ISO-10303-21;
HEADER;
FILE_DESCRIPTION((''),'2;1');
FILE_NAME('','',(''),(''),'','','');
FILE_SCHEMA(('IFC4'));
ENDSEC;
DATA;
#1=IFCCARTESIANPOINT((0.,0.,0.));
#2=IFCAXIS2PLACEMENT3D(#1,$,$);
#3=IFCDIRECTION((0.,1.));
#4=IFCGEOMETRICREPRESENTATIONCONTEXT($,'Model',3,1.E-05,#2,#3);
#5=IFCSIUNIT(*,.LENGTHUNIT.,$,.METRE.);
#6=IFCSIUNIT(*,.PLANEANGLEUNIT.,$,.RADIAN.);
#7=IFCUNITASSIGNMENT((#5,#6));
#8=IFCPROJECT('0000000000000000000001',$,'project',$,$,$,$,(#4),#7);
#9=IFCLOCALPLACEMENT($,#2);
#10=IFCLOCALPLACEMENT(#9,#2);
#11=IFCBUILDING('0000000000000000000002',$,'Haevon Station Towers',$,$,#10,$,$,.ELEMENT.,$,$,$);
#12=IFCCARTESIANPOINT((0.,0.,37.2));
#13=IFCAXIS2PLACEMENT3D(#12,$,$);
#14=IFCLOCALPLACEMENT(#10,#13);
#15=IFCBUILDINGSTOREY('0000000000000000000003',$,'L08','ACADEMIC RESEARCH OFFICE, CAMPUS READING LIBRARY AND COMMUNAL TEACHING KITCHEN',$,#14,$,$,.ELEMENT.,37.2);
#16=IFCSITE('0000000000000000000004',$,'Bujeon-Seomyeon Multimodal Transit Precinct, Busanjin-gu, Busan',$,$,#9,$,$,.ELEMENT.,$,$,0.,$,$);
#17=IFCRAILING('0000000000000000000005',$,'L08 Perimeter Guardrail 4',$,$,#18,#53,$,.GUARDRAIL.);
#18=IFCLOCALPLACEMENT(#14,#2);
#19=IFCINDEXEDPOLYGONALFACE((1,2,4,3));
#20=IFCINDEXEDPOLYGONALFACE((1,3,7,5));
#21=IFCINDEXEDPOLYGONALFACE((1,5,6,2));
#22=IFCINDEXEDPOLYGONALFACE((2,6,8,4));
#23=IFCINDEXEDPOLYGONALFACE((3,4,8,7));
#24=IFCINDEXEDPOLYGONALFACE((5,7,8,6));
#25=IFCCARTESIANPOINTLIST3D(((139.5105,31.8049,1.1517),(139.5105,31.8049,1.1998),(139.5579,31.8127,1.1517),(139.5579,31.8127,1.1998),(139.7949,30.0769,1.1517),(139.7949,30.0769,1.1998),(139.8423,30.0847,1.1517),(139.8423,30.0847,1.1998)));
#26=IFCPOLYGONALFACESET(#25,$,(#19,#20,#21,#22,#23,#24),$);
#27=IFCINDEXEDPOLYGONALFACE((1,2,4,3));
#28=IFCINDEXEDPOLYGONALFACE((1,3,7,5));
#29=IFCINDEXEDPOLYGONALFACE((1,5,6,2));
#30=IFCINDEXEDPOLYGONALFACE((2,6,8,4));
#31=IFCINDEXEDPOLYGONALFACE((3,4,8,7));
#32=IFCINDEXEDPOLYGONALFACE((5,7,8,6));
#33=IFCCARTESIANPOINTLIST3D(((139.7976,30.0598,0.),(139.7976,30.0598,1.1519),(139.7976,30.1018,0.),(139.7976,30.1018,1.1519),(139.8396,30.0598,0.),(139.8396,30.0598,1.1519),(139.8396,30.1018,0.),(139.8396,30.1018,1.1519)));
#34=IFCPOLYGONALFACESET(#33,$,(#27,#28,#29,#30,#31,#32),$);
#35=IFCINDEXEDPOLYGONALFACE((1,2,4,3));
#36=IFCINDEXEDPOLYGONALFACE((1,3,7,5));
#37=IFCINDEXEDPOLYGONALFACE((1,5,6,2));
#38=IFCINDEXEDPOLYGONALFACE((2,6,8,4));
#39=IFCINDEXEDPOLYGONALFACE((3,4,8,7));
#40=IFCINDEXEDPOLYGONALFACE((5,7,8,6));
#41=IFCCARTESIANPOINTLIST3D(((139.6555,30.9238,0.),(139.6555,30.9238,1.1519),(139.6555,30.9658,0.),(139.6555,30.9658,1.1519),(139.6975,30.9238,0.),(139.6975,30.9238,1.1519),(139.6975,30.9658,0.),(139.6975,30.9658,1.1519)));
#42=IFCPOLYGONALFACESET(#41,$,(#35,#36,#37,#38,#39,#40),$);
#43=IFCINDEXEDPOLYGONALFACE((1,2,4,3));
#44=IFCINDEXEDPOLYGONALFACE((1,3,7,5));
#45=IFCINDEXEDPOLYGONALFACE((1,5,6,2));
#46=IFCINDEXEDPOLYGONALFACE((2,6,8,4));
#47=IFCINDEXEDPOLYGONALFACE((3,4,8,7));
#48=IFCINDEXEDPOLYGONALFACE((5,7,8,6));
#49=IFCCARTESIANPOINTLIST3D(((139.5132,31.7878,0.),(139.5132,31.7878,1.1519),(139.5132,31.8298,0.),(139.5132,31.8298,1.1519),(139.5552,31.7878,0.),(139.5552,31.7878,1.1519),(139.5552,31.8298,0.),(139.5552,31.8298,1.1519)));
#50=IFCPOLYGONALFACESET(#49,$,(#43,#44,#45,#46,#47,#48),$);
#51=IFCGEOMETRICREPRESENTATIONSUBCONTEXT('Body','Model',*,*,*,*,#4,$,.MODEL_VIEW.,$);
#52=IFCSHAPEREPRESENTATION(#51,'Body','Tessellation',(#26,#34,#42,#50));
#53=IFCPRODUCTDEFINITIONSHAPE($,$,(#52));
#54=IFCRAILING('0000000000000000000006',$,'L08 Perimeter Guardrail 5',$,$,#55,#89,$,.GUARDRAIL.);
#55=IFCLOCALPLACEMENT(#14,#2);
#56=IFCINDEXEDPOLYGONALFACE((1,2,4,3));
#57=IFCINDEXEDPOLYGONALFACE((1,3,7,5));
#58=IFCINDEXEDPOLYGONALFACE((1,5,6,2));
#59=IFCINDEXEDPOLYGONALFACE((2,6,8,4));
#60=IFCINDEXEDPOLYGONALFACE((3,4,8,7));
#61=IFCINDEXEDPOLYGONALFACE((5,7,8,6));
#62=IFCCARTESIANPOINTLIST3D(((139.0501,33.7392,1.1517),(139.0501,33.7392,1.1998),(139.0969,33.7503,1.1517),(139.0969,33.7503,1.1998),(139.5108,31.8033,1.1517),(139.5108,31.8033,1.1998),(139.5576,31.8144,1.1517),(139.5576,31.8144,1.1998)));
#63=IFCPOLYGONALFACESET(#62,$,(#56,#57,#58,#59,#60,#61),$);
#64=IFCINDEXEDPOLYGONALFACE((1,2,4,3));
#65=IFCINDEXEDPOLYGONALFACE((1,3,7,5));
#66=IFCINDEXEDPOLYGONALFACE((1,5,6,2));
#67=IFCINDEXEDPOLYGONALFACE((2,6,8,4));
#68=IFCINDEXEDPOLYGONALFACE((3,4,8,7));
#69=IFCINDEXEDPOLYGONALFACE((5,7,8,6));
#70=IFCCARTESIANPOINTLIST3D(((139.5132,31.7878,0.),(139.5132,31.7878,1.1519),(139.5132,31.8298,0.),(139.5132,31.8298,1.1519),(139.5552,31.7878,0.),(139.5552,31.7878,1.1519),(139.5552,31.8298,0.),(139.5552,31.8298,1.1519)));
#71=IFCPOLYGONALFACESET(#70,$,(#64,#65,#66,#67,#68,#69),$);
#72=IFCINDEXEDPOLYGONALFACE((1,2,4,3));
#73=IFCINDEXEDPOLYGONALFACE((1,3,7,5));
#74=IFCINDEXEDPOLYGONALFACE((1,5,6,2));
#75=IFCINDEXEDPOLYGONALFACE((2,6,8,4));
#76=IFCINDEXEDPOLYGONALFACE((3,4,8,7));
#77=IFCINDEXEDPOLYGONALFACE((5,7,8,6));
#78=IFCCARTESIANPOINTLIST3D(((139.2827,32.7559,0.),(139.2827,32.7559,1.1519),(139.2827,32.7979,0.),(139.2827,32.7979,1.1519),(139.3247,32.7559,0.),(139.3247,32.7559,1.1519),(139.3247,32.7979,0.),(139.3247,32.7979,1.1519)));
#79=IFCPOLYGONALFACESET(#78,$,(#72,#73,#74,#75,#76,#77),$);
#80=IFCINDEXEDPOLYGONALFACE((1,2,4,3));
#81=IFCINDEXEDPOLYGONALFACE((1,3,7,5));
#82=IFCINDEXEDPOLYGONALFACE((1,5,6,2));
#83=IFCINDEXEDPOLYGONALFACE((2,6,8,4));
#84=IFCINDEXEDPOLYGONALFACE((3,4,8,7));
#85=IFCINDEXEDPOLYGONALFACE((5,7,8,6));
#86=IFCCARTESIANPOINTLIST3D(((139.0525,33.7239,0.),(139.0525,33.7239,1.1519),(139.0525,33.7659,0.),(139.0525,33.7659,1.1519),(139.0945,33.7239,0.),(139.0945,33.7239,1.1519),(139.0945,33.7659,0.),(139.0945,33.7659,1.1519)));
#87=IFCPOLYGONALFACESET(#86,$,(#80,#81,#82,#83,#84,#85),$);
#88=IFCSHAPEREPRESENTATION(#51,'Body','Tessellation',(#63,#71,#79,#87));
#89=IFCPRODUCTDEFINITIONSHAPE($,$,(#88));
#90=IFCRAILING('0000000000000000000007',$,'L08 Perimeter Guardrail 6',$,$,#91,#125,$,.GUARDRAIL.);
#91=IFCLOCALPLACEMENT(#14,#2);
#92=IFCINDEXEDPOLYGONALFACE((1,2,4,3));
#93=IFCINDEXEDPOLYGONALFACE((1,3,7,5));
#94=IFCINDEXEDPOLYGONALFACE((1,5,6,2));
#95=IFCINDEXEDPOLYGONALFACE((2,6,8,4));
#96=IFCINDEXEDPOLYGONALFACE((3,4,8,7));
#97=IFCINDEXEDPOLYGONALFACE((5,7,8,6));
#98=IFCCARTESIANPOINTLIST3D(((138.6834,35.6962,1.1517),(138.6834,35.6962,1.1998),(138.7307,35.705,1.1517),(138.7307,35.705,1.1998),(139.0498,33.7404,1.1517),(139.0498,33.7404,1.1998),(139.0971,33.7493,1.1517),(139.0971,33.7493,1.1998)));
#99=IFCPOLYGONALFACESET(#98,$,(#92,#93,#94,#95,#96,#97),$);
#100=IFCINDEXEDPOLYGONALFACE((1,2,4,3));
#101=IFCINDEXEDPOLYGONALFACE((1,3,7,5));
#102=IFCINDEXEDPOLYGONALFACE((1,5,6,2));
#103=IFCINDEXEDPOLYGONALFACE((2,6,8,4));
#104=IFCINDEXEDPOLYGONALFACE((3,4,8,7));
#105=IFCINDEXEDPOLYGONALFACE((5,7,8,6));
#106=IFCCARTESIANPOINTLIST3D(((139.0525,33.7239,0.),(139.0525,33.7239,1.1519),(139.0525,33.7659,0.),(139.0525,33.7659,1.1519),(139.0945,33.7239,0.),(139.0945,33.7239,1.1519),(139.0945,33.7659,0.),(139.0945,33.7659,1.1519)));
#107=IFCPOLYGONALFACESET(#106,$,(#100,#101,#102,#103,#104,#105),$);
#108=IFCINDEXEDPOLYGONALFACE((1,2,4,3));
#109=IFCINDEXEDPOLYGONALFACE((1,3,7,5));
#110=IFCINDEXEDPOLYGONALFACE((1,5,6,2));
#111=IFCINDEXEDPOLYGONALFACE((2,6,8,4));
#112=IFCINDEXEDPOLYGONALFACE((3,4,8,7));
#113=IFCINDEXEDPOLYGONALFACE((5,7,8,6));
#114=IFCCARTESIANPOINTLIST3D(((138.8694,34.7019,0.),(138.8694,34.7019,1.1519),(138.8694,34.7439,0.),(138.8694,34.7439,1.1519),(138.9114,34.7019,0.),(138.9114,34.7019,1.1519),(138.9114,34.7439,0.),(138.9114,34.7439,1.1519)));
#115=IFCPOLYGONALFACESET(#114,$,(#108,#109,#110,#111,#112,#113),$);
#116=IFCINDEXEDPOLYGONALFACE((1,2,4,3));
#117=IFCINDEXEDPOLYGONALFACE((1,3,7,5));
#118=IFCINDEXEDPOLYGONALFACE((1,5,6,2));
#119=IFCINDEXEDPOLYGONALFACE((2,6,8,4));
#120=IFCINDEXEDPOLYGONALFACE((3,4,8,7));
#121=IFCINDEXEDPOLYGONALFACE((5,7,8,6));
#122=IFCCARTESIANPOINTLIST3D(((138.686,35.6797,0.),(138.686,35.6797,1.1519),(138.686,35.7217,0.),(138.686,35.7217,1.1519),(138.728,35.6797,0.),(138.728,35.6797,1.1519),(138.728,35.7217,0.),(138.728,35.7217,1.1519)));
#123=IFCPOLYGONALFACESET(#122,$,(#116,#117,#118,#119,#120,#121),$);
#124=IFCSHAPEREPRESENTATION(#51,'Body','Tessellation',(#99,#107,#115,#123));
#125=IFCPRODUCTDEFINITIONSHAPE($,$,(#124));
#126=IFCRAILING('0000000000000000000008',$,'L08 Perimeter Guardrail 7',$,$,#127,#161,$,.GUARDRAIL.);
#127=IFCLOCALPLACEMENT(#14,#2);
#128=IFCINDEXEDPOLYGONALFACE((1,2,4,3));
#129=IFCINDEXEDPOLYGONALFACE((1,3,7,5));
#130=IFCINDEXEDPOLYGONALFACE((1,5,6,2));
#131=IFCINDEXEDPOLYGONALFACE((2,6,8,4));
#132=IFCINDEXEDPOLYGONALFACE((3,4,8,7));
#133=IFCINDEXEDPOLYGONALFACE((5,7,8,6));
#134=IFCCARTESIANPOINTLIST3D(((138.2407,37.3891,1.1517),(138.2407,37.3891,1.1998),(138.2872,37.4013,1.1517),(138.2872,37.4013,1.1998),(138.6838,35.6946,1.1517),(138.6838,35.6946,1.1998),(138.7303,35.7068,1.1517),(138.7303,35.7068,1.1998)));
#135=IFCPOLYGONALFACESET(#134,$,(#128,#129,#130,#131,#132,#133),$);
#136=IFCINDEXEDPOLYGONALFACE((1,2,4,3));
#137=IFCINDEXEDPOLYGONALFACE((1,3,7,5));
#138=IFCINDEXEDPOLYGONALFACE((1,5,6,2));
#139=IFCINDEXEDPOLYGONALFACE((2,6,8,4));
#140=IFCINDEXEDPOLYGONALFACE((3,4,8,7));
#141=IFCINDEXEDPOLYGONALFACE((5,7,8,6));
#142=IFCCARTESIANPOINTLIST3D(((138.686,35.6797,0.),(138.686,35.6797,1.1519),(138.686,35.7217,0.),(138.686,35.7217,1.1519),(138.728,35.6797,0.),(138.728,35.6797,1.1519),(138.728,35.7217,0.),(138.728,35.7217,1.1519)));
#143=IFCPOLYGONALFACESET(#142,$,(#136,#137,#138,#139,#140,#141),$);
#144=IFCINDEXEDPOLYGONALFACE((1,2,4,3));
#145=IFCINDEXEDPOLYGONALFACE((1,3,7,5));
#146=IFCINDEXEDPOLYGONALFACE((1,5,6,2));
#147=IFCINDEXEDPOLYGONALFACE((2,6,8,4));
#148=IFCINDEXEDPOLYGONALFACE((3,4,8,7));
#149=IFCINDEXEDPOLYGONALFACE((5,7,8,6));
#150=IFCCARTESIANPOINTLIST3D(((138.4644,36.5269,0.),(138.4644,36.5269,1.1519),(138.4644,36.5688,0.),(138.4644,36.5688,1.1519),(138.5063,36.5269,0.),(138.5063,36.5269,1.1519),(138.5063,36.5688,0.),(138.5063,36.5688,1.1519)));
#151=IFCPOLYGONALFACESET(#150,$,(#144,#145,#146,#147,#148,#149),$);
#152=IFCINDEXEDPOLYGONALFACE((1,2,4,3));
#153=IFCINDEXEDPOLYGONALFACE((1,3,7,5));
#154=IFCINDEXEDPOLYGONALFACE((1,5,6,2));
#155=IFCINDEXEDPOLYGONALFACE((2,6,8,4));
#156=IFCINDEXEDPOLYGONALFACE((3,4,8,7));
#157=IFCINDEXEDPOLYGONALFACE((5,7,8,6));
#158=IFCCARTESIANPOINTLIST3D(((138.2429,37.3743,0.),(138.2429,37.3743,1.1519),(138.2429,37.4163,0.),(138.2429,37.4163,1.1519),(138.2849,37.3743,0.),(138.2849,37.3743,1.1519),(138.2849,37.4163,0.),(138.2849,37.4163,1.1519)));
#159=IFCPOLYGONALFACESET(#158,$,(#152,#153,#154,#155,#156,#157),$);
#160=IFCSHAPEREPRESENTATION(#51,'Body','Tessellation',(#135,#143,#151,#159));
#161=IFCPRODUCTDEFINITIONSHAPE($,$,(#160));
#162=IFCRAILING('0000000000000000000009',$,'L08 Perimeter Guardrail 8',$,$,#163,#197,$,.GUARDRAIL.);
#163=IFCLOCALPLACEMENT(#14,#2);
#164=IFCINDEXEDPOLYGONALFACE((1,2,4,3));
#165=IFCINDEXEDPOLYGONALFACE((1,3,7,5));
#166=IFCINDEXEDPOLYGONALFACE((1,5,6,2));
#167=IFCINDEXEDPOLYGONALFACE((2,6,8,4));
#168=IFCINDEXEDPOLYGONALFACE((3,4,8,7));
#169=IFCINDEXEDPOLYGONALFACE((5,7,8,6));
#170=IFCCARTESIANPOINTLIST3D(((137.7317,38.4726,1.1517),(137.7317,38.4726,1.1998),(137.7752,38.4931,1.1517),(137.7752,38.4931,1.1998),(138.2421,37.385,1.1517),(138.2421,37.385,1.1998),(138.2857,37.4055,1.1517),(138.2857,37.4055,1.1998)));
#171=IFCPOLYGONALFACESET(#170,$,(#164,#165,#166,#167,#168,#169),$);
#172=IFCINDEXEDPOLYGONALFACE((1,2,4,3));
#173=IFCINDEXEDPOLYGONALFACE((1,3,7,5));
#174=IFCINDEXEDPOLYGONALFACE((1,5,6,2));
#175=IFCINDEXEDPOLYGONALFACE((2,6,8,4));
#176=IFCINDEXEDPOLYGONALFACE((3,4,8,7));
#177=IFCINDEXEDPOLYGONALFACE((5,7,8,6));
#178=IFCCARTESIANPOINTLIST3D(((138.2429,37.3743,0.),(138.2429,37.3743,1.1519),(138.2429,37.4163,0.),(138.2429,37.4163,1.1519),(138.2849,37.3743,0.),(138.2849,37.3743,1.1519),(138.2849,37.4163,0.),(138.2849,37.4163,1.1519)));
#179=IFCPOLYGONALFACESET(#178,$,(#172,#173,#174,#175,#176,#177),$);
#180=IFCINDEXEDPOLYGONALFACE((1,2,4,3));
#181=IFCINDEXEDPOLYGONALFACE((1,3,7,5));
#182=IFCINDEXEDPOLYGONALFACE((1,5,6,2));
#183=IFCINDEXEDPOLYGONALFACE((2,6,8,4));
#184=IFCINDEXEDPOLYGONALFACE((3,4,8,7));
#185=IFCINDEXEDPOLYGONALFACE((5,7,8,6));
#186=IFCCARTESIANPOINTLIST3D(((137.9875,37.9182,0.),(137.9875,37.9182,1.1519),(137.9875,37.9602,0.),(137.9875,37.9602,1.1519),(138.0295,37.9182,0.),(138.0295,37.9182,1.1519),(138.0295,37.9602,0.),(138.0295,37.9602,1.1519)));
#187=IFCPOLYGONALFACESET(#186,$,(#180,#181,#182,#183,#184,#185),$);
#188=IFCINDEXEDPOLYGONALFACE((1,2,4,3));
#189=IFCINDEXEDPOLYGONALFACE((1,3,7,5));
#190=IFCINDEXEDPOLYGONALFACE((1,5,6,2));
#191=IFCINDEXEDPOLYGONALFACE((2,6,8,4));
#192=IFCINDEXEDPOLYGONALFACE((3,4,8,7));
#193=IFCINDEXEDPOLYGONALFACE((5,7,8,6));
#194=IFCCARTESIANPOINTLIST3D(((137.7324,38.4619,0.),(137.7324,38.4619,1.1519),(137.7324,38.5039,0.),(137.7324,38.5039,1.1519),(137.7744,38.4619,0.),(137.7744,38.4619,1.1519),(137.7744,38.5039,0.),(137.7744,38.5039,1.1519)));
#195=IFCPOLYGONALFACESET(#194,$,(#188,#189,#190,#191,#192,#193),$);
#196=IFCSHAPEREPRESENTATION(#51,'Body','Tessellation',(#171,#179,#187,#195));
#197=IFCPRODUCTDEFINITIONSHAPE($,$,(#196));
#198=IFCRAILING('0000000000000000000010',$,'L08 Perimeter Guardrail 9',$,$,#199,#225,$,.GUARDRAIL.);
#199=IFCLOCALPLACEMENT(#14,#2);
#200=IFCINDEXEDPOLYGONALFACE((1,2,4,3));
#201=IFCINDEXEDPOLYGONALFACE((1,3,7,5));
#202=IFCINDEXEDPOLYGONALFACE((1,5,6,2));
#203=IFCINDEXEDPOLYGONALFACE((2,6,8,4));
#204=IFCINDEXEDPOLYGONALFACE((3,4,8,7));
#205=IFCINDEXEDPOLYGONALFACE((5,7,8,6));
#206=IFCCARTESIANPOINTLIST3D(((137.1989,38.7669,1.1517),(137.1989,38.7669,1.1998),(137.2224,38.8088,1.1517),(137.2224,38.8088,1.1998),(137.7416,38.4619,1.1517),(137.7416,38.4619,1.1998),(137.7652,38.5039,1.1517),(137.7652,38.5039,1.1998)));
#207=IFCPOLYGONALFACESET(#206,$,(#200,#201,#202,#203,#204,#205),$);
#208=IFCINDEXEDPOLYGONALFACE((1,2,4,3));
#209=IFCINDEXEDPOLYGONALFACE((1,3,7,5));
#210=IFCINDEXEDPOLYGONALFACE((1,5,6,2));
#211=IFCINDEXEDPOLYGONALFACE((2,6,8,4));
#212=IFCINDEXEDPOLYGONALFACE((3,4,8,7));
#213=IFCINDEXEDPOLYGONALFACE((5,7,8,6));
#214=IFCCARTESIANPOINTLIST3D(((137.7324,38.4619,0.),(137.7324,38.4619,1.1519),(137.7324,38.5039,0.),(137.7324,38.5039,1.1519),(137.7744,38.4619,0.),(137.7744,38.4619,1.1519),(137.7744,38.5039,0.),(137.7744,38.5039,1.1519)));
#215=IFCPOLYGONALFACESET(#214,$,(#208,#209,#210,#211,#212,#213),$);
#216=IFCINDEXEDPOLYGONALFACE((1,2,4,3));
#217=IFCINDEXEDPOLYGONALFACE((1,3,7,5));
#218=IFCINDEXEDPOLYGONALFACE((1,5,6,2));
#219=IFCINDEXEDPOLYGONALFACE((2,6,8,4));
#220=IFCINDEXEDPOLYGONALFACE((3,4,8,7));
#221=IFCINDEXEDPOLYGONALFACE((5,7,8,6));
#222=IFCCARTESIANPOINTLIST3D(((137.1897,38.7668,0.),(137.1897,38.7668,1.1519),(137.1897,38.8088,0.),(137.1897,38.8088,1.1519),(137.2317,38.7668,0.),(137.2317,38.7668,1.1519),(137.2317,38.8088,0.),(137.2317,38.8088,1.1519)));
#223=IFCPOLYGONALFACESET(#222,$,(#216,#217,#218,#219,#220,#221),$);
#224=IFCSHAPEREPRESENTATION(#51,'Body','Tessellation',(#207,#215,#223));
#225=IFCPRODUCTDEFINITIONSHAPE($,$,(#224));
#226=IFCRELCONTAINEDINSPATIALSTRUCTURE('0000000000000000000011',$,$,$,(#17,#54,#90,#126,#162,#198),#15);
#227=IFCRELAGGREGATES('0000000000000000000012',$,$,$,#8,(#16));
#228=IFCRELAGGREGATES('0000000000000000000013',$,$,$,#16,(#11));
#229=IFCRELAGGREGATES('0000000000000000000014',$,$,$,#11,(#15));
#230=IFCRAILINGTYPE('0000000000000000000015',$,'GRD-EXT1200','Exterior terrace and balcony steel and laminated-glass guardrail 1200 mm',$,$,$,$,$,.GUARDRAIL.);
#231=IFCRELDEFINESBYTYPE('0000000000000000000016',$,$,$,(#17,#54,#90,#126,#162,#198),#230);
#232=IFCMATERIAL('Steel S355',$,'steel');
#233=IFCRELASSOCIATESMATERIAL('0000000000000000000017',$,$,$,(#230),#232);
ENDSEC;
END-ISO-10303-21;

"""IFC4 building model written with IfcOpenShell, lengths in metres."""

from ifc_helpers import new_model, si_unit, direction, frame, origin, origin_2d, place, context, subcontext, project, spatial, rectangle, extrude, material, type_object, element, save


model = new_model("IFC4")

# Units and contexts
model_context = context("Model", 3, precision=1e-05, world=origin(), true_north=direction((0.0, 1.0)))
body_context = subcontext(model_context, "Body", "Model", "MODEL_VIEW")
ifc_project = project(units=[si_unit("LENGTHUNIT", "METRE"), si_unit("PLANEANGLEUNIT", "RADIAN")], contexts=[model_context])

# Site, building, storey
site_placement = place(None, origin())
site = spatial("IfcSite", under=ifc_project, at=site_placement, Name="Bujeon-Seomyeon Multimodal Transit Precinct, Busanjin-gu, Busan", CompositionType="ELEMENT", RefElevation=0.0)
building_placement = place(site_placement, origin())
building = spatial("IfcBuilding", under=site, at=building_placement, Name="Haevon Station Towers", CompositionType="ELEMENT")
storey_placement = place(building_placement, frame((0.0, 0.0, 37.2)))
storey = spatial("IfcBuildingStorey", under=building, at=storey_placement, Name="L08", Description="ACADEMIC RESEARCH OFFICE, CAMPUS READING LIBRARY AND COMMUNAL TEACHING KITCHEN", CompositionType="ELEMENT", Elevation=37.2)

# Shared definitions
ifc_material_1 = material(Name="Steel S355", Category="steel")

# Railings
railing_type = type_object("IfcRailingType", Name="GRD-EXT1200", Description="Exterior terrace and balcony steel and laminated-glass guardrail 1200 mm", PredefinedType="GUARDRAIL", material=ifc_material_1)
railing_1_placement = place(storey_placement, frame((139.8186, 30.0808, 0.0)))
element("IfcRailing", 1, at=railing_1_placement, inside=storey, type_object=railing_type, Name="L08 Perimeter Guardrail 4", PredefinedType="GUARDRAIL", context=body_context, shape_type="SweptSolid", body=[
    extrude(rectangle(XDim=0.0481, YDim=0.0481, at=origin_2d()), frame((0.0, 0.0, 1.1758), z_axis=(-0.162409, 0.986723, 0.0), x_axis=(-0.986723, -0.162409, 0.0)), (0.0, 0.0, 1.0), 1.7512),
    extrude(rectangle(XDim=0.042, YDim=0.042, at=origin_2d()), origin(), (0.0, 0.0, 1.0), 1.1519),
    extrude(rectangle(XDim=0.042, YDim=0.042, at=origin_2d()), frame((-0.1421, 0.864, 0.0)), (0.0, 0.0, 1.0), 1.1519),
    extrude(rectangle(XDim=0.042, YDim=0.042, at=origin_2d()), frame((-0.2844, 1.728, 0.0)), (0.0, 0.0, 1.0), 1.1519),
])
railing_2_placement = place(storey_placement, frame((139.5342, 31.8088, 0.0)))
element("IfcRailing", 2, at=railing_2_placement, inside=storey, type_object=railing_type, Name="L08 Perimeter Guardrail 5", PredefinedType="GUARDRAIL", context=body_context, shape_type="SweptSolid", body=[
    extrude(rectangle(XDim=0.0481, YDim=0.0481, at=origin_2d()), frame((0.0, 0.0, 1.1758), z_axis=(-0.231493, 0.972836, 0.0), x_axis=(-0.972836, -0.231493, 0.0)), (0.0, 0.0, 1.0), 1.99),
    extrude(rectangle(XDim=0.042, YDim=0.042, at=origin_2d()), origin(), (0.0, 0.0, 1.0), 1.1519),
    extrude(rectangle(XDim=0.042, YDim=0.042, at=origin_2d()), frame((-0.2305, 0.968, 0.0)), (0.0, 0.0, 1.0), 1.1519),
    extrude(rectangle(XDim=0.042, YDim=0.042, at=origin_2d()), frame((-0.4607, 1.936, 0.0)), (0.0, 0.0, 1.0), 1.1519),
])
railing_3_placement = place(storey_placement, frame((139.0735, 33.7449, 0.0)))
element("IfcRailing", 3, at=railing_3_placement, inside=storey, type_object=railing_type, Name="L08 Perimeter Guardrail 6", PredefinedType="GUARDRAIL", context=body_context, shape_type="SweptSolid", body=[
    extrude(rectangle(XDim=0.0481, YDim=0.0481, at=origin_2d()), frame((0.0, 0.0, 1.1758), z_axis=(-0.184163, 0.982896, 0.0), x_axis=(-0.982896, -0.184163, 0.0)), (0.0, 0.0, 1.0), 1.9897),
    extrude(rectangle(XDim=0.042, YDim=0.042, at=origin_2d()), origin(), (0.0, 0.0, 1.0), 1.1519),
    extrude(rectangle(XDim=0.042, YDim=0.042, at=origin_2d()), frame((-0.1831, 0.978, 0.0)), (0.0, 0.0, 1.0), 1.1519),
    extrude(rectangle(XDim=0.042, YDim=0.042, at=origin_2d()), frame((-0.3665, 1.9558, 0.0)), (0.0, 0.0, 1.0), 1.1519),
])
railing_4_placement = place(storey_placement, frame((138.707, 35.7007, 0.0)))
element("IfcRailing", 4, at=railing_4_placement, inside=storey, type_object=railing_type, Name="L08 Perimeter Guardrail 7", PredefinedType="GUARDRAIL", context=body_context, shape_type="SweptSolid", body=[
    extrude(rectangle(XDim=0.0481, YDim=0.0481, at=origin_2d()), frame((0.0, 0.0, 1.1758), z_axis=(-0.252984, 0.967471, 0.0), x_axis=(-0.967471, -0.252984, 0.0)), (0.0, 0.0, 1.0), 1.7515),
    extrude(rectangle(XDim=0.042, YDim=0.042, at=origin_2d()), origin(), (0.0, 0.0, 1.0), 1.1519),
    extrude(rectangle(XDim=0.042, YDim=0.042, at=origin_2d()), frame((-0.2217, 0.8472, 0.0)), (0.0, 0.0, 1.0), 1.1519),
    extrude(rectangle(XDim=0.042, YDim=0.042, at=origin_2d()), frame((-0.4431, 1.6946, 0.0)), (0.0, 0.0, 1.0), 1.1519),
])
railing_5_placement = place(storey_placement, frame((138.2639, 37.3953, 0.0)))
element("IfcRailing", 5, at=railing_5_placement, inside=storey, type_object=railing_type, Name="L08 Perimeter Guardrail 8", PredefinedType="GUARDRAIL", context=body_context, shape_type="SweptSolid", body=[
    extrude(rectangle(XDim=0.0481, YDim=0.0481, at=origin_2d()), frame((0.0, 0.0, 1.1758), z_axis=(-0.424887, 0.905247, 0.0), x_axis=(-0.905247, -0.424887, 0.0)), (0.0, 0.0, 1.0), 1.2014),
    extrude(rectangle(XDim=0.042, YDim=0.042, at=origin_2d()), origin(), (0.0, 0.0, 1.0), 1.1519),
    extrude(rectangle(XDim=0.042, YDim=0.042, at=origin_2d()), frame((-0.2554, 0.5439, 0.0)), (0.0, 0.0, 1.0), 1.1519),
    extrude(rectangle(XDim=0.042, YDim=0.042, at=origin_2d()), frame((-0.5105, 1.0876, 0.0)), (0.0, 0.0, 1.0), 1.1519),
])
railing_6_placement = place(storey_placement, frame((137.7534, 38.4829, 0.0)))
element("IfcRailing", 6, at=railing_6_placement, inside=storey, type_object=railing_type, Name="L08 Perimeter Guardrail 9", PredefinedType="GUARDRAIL", context=body_context, shape_type="SweptSolid", body=[
    extrude(rectangle(XDim=0.0481, YDim=0.0481, at=origin_2d()), frame((0.0, 0.0, 1.1758), z_axis=(-0.871816, 0.489833, 0.0), x_axis=(-0.489833, -0.871816, 0.0)), (0.0, 0.0, 1.0), 0.6226),
    extrude(rectangle(XDim=0.042, YDim=0.042, at=origin_2d()), origin(), (0.0, 0.0, 1.0), 1.1519),
    extrude(rectangle(XDim=0.042, YDim=0.042, at=origin_2d()), frame((-0.5427, 0.3049, 0.0)), (0.0, 0.0, 1.0), 1.1519),
])

save(model, "model.ifc")
